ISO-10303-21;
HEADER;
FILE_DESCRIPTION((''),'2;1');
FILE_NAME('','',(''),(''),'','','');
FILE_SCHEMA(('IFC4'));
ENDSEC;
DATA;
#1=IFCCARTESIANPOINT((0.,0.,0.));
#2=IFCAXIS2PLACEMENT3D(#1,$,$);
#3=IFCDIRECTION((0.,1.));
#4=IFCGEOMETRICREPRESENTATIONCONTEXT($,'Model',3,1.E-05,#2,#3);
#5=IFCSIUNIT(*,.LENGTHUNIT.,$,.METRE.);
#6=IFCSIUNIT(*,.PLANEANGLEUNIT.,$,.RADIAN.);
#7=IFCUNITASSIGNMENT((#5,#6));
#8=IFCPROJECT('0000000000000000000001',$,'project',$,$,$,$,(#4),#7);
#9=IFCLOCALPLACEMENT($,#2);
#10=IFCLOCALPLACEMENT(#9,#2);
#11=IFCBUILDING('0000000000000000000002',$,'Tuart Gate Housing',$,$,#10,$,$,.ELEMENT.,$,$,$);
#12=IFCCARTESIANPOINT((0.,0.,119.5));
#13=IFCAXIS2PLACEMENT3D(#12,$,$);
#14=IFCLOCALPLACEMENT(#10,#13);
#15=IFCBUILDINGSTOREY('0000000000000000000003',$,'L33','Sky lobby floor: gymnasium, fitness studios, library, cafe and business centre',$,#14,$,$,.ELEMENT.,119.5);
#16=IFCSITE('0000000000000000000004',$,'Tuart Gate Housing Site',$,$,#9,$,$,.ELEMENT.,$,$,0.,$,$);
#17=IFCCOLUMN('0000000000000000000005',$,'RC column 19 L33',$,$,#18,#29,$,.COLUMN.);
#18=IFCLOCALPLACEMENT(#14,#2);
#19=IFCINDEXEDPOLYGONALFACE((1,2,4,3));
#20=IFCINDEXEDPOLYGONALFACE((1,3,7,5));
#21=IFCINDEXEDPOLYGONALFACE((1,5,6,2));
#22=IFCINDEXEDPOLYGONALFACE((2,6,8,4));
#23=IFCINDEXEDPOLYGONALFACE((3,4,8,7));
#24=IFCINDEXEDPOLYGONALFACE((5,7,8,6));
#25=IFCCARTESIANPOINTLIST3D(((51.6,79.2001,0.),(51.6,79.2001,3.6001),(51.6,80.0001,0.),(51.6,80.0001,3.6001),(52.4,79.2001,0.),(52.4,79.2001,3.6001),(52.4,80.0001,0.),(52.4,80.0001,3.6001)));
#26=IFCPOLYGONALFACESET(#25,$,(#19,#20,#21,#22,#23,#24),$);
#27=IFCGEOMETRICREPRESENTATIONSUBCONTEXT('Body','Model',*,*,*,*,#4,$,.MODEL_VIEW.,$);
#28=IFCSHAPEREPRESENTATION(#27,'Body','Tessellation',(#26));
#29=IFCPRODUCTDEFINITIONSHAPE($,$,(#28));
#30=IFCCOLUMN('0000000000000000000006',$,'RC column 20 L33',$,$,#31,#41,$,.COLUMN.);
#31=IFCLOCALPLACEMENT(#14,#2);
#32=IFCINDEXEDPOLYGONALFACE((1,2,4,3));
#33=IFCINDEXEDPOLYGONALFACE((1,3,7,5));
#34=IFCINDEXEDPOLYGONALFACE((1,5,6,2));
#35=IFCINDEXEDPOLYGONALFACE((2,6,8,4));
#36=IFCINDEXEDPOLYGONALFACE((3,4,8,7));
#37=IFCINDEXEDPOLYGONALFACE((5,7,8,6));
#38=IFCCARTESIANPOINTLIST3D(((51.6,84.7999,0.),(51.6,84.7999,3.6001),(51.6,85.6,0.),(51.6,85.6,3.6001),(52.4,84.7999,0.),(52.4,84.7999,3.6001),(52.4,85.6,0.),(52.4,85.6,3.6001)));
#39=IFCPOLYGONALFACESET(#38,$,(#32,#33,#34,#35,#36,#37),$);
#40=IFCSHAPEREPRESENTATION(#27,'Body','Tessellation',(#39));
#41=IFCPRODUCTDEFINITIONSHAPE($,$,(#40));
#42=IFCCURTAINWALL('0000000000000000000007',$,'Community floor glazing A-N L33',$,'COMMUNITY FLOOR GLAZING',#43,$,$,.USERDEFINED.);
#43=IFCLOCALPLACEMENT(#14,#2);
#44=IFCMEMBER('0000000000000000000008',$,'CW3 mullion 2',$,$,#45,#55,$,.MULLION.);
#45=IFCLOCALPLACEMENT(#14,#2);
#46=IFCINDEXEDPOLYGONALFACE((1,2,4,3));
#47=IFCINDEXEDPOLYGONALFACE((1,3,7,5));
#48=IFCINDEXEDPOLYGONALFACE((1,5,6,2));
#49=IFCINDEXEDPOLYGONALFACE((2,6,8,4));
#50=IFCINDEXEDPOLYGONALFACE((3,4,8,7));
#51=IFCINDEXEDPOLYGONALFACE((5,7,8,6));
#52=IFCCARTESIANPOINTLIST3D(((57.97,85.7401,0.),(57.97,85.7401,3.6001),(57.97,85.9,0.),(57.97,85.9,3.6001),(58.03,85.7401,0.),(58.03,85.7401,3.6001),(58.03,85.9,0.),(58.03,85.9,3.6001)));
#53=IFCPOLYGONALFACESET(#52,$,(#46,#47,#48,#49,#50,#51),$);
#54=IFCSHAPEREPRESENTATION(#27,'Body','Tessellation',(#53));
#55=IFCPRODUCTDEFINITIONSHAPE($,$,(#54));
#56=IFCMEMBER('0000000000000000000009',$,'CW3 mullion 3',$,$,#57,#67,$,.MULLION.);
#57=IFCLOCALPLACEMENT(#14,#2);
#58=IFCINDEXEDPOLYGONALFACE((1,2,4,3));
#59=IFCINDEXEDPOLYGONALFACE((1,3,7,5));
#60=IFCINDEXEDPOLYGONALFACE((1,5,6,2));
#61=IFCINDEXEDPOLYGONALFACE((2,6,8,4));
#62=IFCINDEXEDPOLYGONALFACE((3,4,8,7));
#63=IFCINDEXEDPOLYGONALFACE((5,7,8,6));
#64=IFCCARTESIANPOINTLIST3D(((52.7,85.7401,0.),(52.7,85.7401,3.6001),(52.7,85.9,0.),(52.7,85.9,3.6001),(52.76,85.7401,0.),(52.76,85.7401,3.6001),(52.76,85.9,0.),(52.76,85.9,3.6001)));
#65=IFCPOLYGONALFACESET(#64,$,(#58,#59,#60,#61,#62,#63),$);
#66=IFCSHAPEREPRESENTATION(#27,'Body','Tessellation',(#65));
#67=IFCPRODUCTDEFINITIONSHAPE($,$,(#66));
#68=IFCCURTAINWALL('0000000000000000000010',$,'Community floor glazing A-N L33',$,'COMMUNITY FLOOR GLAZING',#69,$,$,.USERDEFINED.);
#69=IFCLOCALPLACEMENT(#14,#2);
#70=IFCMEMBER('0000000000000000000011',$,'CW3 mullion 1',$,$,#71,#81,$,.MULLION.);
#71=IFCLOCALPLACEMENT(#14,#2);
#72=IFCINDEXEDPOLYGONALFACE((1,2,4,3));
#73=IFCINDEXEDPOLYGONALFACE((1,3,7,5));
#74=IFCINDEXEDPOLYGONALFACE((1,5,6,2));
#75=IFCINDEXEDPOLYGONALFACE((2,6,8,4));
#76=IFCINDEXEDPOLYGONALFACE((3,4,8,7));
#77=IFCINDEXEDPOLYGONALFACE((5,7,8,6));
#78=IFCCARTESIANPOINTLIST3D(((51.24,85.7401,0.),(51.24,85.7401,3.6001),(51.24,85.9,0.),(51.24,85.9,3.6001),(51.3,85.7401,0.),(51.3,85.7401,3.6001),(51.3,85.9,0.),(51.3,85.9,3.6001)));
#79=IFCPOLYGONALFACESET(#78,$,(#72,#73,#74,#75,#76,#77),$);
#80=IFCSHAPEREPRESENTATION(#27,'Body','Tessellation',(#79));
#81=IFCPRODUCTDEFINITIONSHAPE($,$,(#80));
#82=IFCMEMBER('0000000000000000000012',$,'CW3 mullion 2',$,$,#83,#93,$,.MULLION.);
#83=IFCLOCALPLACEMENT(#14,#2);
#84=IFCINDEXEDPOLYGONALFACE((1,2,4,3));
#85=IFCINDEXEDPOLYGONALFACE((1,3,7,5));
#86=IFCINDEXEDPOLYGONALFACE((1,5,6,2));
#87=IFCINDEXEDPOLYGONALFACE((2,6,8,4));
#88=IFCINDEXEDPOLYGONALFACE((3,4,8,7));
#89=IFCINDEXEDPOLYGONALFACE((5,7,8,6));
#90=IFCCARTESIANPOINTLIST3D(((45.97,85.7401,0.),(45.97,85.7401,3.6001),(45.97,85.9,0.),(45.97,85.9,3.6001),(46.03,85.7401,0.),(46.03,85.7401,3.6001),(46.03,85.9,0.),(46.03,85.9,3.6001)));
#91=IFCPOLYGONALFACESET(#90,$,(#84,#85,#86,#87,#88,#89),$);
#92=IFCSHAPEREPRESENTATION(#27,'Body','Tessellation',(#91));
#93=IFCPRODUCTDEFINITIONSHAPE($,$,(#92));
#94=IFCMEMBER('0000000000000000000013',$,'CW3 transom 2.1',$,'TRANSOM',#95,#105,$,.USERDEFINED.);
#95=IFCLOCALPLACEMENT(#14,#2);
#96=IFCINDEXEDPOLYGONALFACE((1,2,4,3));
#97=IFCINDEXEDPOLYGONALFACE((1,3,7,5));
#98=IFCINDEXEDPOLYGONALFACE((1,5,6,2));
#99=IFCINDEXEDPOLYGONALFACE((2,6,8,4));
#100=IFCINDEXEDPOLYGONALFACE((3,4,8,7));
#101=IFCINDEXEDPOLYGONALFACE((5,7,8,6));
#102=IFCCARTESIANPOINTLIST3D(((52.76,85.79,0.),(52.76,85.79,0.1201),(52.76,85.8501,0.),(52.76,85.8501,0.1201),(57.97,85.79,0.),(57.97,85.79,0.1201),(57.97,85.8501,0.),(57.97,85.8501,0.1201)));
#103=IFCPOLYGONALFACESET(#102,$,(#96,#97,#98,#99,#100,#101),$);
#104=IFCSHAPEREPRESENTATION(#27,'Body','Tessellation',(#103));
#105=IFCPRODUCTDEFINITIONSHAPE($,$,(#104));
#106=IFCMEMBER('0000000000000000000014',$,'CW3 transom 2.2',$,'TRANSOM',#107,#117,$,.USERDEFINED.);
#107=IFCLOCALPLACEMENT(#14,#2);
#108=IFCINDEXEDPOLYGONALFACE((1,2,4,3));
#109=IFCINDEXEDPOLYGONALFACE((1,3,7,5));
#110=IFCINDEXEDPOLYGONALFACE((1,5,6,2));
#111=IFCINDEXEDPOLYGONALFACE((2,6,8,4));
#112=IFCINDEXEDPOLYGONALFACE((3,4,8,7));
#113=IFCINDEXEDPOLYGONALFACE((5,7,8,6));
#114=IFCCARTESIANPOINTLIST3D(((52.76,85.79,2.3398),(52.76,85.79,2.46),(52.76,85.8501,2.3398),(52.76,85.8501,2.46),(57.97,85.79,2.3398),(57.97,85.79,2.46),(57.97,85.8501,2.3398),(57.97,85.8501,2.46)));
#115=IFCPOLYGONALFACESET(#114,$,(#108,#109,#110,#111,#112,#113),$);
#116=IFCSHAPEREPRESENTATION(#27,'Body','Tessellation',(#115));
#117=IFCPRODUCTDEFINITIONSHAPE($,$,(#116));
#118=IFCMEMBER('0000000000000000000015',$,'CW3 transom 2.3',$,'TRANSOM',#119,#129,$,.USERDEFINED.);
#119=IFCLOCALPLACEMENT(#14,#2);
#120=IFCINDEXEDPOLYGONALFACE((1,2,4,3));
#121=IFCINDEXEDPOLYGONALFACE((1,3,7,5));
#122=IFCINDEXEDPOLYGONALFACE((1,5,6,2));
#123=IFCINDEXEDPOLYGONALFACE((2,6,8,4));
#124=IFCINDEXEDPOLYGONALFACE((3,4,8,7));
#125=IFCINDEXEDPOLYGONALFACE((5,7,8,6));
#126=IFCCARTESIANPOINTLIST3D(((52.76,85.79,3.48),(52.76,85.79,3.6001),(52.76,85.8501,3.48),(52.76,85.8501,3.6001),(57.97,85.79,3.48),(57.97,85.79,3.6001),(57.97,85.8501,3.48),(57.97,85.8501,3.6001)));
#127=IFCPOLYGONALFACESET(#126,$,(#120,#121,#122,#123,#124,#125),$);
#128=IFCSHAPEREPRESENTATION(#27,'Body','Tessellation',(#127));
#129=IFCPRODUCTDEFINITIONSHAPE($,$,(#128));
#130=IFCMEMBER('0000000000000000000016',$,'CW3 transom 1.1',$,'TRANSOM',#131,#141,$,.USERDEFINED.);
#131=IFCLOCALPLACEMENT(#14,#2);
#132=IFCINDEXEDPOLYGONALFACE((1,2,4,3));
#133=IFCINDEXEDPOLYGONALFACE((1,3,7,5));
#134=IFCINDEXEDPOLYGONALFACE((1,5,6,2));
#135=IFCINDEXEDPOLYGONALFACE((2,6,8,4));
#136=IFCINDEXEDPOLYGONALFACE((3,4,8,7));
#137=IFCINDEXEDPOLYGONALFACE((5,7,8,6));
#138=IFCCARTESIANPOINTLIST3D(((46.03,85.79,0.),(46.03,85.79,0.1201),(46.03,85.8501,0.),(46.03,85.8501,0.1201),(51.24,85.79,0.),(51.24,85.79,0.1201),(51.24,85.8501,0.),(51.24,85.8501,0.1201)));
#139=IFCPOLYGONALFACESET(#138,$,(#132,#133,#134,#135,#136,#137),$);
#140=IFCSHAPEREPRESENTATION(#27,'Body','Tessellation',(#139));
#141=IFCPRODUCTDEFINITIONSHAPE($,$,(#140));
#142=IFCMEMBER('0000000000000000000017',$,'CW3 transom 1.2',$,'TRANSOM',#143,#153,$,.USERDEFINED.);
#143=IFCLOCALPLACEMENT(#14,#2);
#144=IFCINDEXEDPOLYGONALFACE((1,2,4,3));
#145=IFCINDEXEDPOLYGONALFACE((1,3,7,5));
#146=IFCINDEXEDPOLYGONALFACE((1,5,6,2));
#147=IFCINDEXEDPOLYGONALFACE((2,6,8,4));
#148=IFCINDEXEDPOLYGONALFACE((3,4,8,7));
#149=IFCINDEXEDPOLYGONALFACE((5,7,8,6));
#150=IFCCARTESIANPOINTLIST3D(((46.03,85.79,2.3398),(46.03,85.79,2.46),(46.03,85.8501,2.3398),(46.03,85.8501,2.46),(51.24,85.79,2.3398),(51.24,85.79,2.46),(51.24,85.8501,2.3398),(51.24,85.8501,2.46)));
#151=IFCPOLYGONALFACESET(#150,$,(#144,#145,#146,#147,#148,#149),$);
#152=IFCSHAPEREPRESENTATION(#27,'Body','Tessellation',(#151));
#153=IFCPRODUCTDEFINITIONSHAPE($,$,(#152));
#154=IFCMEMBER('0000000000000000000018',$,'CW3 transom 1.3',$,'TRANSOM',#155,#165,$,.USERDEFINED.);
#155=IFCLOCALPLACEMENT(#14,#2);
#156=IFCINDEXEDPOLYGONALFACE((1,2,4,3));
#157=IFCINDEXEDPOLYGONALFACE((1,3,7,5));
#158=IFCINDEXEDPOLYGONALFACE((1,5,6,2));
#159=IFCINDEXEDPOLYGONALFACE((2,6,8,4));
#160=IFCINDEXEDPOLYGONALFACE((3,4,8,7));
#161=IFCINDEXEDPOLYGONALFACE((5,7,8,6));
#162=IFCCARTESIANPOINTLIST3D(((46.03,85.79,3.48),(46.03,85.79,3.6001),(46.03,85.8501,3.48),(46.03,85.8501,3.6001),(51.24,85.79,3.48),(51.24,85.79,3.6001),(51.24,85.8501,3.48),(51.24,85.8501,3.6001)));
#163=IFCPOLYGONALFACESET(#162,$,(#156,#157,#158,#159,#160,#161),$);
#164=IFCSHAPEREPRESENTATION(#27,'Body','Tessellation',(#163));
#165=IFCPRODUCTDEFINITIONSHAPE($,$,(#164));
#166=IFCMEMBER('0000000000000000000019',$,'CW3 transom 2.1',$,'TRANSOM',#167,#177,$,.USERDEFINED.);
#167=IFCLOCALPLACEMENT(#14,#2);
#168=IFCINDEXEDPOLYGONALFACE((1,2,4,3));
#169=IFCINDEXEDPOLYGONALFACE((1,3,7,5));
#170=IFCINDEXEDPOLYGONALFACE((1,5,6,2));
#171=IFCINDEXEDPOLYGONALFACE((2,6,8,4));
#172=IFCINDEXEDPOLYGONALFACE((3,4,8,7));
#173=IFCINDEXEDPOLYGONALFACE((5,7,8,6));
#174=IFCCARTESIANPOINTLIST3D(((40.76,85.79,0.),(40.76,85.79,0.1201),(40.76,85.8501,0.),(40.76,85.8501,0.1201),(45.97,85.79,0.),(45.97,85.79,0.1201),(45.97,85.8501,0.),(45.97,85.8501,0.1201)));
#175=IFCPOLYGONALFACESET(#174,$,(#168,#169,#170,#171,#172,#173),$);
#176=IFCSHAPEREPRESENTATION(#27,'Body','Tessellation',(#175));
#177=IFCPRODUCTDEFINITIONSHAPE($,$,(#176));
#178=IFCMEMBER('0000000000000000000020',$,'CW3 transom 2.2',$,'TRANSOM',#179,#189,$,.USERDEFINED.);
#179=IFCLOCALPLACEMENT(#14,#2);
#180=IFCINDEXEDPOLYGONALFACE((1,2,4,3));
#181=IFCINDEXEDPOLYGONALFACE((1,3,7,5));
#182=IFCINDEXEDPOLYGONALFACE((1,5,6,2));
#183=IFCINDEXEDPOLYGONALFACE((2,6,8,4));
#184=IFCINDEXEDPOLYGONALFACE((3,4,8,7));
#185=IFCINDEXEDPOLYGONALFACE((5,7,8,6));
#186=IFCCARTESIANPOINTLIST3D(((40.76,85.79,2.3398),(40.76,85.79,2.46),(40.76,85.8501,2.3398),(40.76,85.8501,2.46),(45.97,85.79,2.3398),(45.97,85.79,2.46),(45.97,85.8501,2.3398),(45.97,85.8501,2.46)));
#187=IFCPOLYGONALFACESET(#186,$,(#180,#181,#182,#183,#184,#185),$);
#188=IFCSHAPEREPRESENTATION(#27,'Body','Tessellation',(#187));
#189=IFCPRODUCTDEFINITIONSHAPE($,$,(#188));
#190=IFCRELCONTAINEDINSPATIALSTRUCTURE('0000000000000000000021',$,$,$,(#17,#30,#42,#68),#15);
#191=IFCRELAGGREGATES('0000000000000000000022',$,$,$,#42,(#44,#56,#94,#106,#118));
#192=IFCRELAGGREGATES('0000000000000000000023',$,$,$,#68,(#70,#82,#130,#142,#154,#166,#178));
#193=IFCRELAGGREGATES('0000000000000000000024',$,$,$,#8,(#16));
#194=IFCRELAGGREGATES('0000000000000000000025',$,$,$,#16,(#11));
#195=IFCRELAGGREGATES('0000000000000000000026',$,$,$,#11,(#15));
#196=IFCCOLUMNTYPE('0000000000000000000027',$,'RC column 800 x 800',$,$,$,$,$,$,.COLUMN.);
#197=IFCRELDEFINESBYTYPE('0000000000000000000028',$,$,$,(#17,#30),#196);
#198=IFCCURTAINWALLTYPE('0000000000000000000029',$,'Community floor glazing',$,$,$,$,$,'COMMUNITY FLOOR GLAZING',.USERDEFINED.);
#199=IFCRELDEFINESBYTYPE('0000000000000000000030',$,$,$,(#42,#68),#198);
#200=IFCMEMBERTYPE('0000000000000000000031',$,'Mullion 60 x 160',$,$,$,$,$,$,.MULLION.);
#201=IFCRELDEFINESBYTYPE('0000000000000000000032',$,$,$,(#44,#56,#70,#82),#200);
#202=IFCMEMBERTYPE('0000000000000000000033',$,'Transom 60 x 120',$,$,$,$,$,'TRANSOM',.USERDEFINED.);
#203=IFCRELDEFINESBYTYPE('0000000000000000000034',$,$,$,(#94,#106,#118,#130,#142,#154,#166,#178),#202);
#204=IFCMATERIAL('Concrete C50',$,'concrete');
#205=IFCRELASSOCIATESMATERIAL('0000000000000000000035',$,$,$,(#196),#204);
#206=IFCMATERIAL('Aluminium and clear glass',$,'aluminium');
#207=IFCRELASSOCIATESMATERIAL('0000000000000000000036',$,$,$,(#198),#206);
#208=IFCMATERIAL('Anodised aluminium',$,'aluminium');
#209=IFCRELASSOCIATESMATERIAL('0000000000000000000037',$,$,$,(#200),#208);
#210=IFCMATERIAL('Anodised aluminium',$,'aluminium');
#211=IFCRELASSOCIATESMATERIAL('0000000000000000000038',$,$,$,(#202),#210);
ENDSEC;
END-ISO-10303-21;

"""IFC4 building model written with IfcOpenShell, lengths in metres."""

from ifc_helpers import new_model, si_unit, direction, frame, origin, origin_2d, place, context, subcontext, project, spatial, rectangle, extrude, material, material_profile, profile_set, type_object, element, aggregate, save


model = new_model("IFC4")

# Units and contexts
model_context = context("Model", 3, precision=1e-05, world=origin(), true_north=direction((0.0, 1.0)))
body_context = subcontext(model_context, "Body", "Model", "MODEL_VIEW")
ifc_project = project(units=[si_unit("LENGTHUNIT", "METRE"), si_unit("PLANEANGLEUNIT", "RADIAN")], contexts=[model_context])

# Site, building, storey
site_placement = place(None, origin())
site = spatial("IfcSite", under=ifc_project, at=site_placement, Name="Tuart Gate Housing Site", CompositionType="ELEMENT", RefElevation=0.0)
building_placement = place(site_placement, origin())
building = spatial("IfcBuilding", under=site, at=building_placement, Name="Tuart Gate Housing", CompositionType="ELEMENT")
storey_placement = place(building_placement, frame((0.0, 0.0, 119.5)))
storey = spatial("IfcBuildingStorey", under=building, at=storey_placement, Name="L33", Description="Sky lobby floor: gymnasium, fitness studios, library, cafe and business centre", CompositionType="ELEMENT", Elevation=119.5)

# Columns
ifc_material_1 = material(Name="Concrete C50", Category="concrete")
ifc_material_profile_1 = material_profile(ifc_material_1, rectangle(XDim=0.8, YDim=0.8, at=origin_2d()), Name="RC column 800 x 800")
ifc_profile_set_1 = profile_set([ifc_material_profile_1], Name="Concrete C50")
column_type = type_object("IfcColumnType", Name="RC column 800 x 800", PredefinedType="COLUMN", material=ifc_profile_set_1)
for number, where, z_axis, x_axis, name in (
    (1, (52.0, 79.6001, 0.0), (0.0, 0.0, 1.0), (1.0, 0.0, 0.0), "RC column 19 L33"),
    (2, (52.0, 85.2, 0.0), (0.0, 0.0, 1.0), (1.0, 0.0, 0.0), "RC column 20 L33"),
):
    element("IfcColumn", number, at=place(storey_placement, frame(where, z_axis=z_axis, x_axis=x_axis)), inside=storey, type_object=column_type, Name=name, PredefinedType="COLUMN", context=body_context, shape_type="SweptSolid", body=[
        extrude(rectangle(XDim=0.8, YDim=0.8, at=origin_2d()), origin(), (0.0, 0.0, 1.0), 3.6001),
    ])

# Curtain walls, members
ifc_material_2 = material(Name="Aluminium and clear glass", Category="aluminium")
curtain_wall_type = type_object("IfcCurtainWallType", Name="Community floor glazing", ElementType="COMMUNITY FLOOR GLAZING", PredefinedType="USERDEFINED", material=ifc_material_2)
curtain_wall_1_placement = place(storey_placement, origin())
curtain_wall_1 = element("IfcCurtainWall", 3, at=curtain_wall_1_placement, inside=storey, type_object=curtain_wall_type, Name="Community floor glazing A-N L33", ObjectType="COMMUNITY FLOOR GLAZING", PredefinedType="USERDEFINED")
ifc_material_3 = material(Name="Anodised aluminium", Category="aluminium")
ifc_material_profile_2 = material_profile(ifc_material_3, rectangle(XDim=0.0601, YDim=0.1599, at=origin_2d()), Name="60x160")
ifc_profile_set_2 = profile_set([ifc_material_profile_2], Name="Anodised aluminium")
member_type_1 = type_object("IfcMemberType", Name="Mullion 60 x 160", PredefinedType="MULLION", material=ifc_profile_set_2)
member_1_placement = place(storey_placement, frame((58.0, 85.8201, 0.0), z_axis=(0.0, 0.0, 1.0), x_axis=(-1.0, 0.0, 0.0)))
member_1 = element("IfcMember", 4, at=member_1_placement, type_object=member_type_1, Name="CW3 mullion 2", PredefinedType="MULLION", context=body_context, shape_type="SweptSolid", body=[
    extrude(rectangle(XDim=0.0601, YDim=0.1599, at=origin_2d()), origin(), (0.0, 0.0, 1.0), 3.6001),
])
member_2_placement = place(storey_placement, frame((52.73, 85.8201, 0.0), z_axis=(0.0, 0.0, 1.0), x_axis=(-1.0, 0.0, 0.0)))
member_2 = element("IfcMember", 5, at=member_2_placement, type_object=member_type_1, Name="CW3 mullion 3", PredefinedType="MULLION", context=body_context, shape_type="SweptSolid", body=[
    extrude(rectangle(XDim=0.0601, YDim=0.1599, at=origin_2d()), origin(), (0.0, 0.0, 1.0), 3.6001),
])
curtain_wall_2_placement = place(storey_placement, origin())
curtain_wall_2 = element("IfcCurtainWall", 6, at=curtain_wall_2_placement, inside=storey, type_object=curtain_wall_type, Name="Community floor glazing A-N L33", ObjectType="COMMUNITY FLOOR GLAZING", PredefinedType="USERDEFINED")
member_3_placement = place(storey_placement, frame((51.27, 85.8201, 0.0), z_axis=(0.0, 0.0, 1.0), x_axis=(-1.0, 0.0, 0.0)))
member_3 = element("IfcMember", 7, at=member_3_placement, type_object=member_type_1, Name="CW3 mullion 1", PredefinedType="MULLION", context=body_context, shape_type="SweptSolid", body=[
    extrude(rectangle(XDim=0.0601, YDim=0.1599, at=origin_2d()), origin(), (0.0, 0.0, 1.0), 3.6001),
])
member_4_placement = place(storey_placement, frame((46.0, 85.8201, 0.0), z_axis=(0.0, 0.0, 1.0), x_axis=(-1.0, 0.0, 0.0)))
member_4 = element("IfcMember", 8, at=member_4_placement, type_object=member_type_1, Name="CW3 mullion 2", PredefinedType="MULLION", context=body_context, shape_type="SweptSolid", body=[
    extrude(rectangle(XDim=0.0601, YDim=0.1599, at=origin_2d()), origin(), (0.0, 0.0, 1.0), 3.6001),
])

# Members
ifc_material_4 = material(Name="Anodised aluminium", Category="aluminium")
ifc_material_profile_3 = material_profile(ifc_material_4, rectangle(XDim=0.0601, YDim=0.1201, at=origin_2d()), Name="60x120")
ifc_profile_set_3 = profile_set([ifc_material_profile_3], Name="Anodised aluminium")
member_type_2 = type_object("IfcMemberType", Name="Transom 60 x 120", ElementType="TRANSOM", PredefinedType="USERDEFINED", material=ifc_profile_set_3)
member_5_placement = place(storey_placement, frame((57.97, 85.8201, 0.0601), z_axis=(-1.0, 0.0, 0.0), x_axis=(0.0, -1.0, 0.0)))
member_5 = element("IfcMember", 9, at=member_5_placement, type_object=member_type_2, Name="CW3 transom 2.1", ObjectType="TRANSOM", PredefinedType="USERDEFINED", context=body_context, shape_type="SweptSolid", body=[
    extrude(rectangle(XDim=0.0601, YDim=0.1201, at=origin_2d()), origin(), (0.0, 0.0, 1.0), 5.21),
])
member_6_placement = place(storey_placement, frame((57.97, 85.8201, 2.3999), z_axis=(-1.0, 0.0, 0.0), x_axis=(0.0, -1.0, 0.0)))
member_6 = element("IfcMember", 10, at=member_6_placement, type_object=member_type_2, Name="CW3 transom 2.2", ObjectType="TRANSOM", PredefinedType="USERDEFINED", context=body_context, shape_type="SweptSolid", body=[
    extrude(rectangle(XDim=0.0601, YDim=0.1201, at=origin_2d()), origin(), (0.0, 0.0, 1.0), 5.21),
])
member_7_placement = place(storey_placement, frame((57.97, 85.8201, 3.54), z_axis=(-1.0, 0.0, 0.0), x_axis=(0.0, -1.0, 0.0)))
member_7 = element("IfcMember", 11, at=member_7_placement, type_object=member_type_2, Name="CW3 transom 2.3", ObjectType="TRANSOM", PredefinedType="USERDEFINED", context=body_context, shape_type="SweptSolid", body=[
    extrude(rectangle(XDim=0.0601, YDim=0.1201, at=origin_2d()), origin(), (0.0, 0.0, 1.0), 5.21),
])
member_8_placement = place(storey_placement, frame((51.24, 85.8201, 0.0601), z_axis=(-1.0, 0.0, 0.0), x_axis=(0.0, -1.0, 0.0)))
member_8 = element("IfcMember", 12, at=member_8_placement, type_object=member_type_2, Name="CW3 transom 1.1", ObjectType="TRANSOM", PredefinedType="USERDEFINED", context=body_context, shape_type="SweptSolid", body=[
    extrude(rectangle(XDim=0.0601, YDim=0.1201, at=origin_2d()), origin(), (0.0, 0.0, 1.0), 5.21),
])
member_9_placement = place(storey_placement, frame((51.24, 85.8201, 2.3999), z_axis=(-1.0, 0.0, 0.0), x_axis=(0.0, -1.0, 0.0)))
member_9 = element("IfcMember", 13, at=member_9_placement, type_object=member_type_2, Name="CW3 transom 1.2", ObjectType="TRANSOM", PredefinedType="USERDEFINED", context=body_context, shape_type="SweptSolid", body=[
    extrude(rectangle(XDim=0.0601, YDim=0.1201, at=origin_2d()), origin(), (0.0, 0.0, 1.0), 5.21),
])
member_10_placement = place(storey_placement, frame((51.24, 85.8201, 3.54), z_axis=(-1.0, 0.0, 0.0), x_axis=(0.0, -1.0, 0.0)))
member_10 = element("IfcMember", 14, at=member_10_placement, type_object=member_type_2, Name="CW3 transom 1.3", ObjectType="TRANSOM", PredefinedType="USERDEFINED", context=body_context, shape_type="SweptSolid", body=[
    extrude(rectangle(XDim=0.0601, YDim=0.1201, at=origin_2d()), origin(), (0.0, 0.0, 1.0), 5.21),
])
member_11_placement = place(storey_placement, frame((45.97, 85.8201, 0.0601), z_axis=(-1.0, 0.0, 0.0), x_axis=(0.0, -1.0, 0.0)))
member_11 = element("IfcMember", 15, at=member_11_placement, type_object=member_type_2, Name="CW3 transom 2.1", ObjectType="TRANSOM", PredefinedType="USERDEFINED", context=body_context, shape_type="SweptSolid", body=[
    extrude(rectangle(XDim=0.0601, YDim=0.1201, at=origin_2d()), origin(), (0.0, 0.0, 1.0), 5.21),
])
member_12_placement = place(storey_placement, frame((45.97, 85.8201, 2.3999), z_axis=(-1.0, 0.0, 0.0), x_axis=(0.0, -1.0, 0.0)))
member_12 = element("IfcMember", 16, at=member_12_placement, type_object=member_type_2, Name="CW3 transom 2.2", ObjectType="TRANSOM", PredefinedType="USERDEFINED", context=body_context, shape_type="SweptSolid", body=[
    extrude(rectangle(XDim=0.0601, YDim=0.1201, at=origin_2d()), origin(), (0.0, 0.0, 1.0), 5.21),
])

aggregate(curtain_wall_1, [member_1, member_2, member_5, member_6, member_7])
aggregate(curtain_wall_2, [member_3, member_4, member_8, member_9, member_10, member_11, member_12])

save(model, "model.ifc")
